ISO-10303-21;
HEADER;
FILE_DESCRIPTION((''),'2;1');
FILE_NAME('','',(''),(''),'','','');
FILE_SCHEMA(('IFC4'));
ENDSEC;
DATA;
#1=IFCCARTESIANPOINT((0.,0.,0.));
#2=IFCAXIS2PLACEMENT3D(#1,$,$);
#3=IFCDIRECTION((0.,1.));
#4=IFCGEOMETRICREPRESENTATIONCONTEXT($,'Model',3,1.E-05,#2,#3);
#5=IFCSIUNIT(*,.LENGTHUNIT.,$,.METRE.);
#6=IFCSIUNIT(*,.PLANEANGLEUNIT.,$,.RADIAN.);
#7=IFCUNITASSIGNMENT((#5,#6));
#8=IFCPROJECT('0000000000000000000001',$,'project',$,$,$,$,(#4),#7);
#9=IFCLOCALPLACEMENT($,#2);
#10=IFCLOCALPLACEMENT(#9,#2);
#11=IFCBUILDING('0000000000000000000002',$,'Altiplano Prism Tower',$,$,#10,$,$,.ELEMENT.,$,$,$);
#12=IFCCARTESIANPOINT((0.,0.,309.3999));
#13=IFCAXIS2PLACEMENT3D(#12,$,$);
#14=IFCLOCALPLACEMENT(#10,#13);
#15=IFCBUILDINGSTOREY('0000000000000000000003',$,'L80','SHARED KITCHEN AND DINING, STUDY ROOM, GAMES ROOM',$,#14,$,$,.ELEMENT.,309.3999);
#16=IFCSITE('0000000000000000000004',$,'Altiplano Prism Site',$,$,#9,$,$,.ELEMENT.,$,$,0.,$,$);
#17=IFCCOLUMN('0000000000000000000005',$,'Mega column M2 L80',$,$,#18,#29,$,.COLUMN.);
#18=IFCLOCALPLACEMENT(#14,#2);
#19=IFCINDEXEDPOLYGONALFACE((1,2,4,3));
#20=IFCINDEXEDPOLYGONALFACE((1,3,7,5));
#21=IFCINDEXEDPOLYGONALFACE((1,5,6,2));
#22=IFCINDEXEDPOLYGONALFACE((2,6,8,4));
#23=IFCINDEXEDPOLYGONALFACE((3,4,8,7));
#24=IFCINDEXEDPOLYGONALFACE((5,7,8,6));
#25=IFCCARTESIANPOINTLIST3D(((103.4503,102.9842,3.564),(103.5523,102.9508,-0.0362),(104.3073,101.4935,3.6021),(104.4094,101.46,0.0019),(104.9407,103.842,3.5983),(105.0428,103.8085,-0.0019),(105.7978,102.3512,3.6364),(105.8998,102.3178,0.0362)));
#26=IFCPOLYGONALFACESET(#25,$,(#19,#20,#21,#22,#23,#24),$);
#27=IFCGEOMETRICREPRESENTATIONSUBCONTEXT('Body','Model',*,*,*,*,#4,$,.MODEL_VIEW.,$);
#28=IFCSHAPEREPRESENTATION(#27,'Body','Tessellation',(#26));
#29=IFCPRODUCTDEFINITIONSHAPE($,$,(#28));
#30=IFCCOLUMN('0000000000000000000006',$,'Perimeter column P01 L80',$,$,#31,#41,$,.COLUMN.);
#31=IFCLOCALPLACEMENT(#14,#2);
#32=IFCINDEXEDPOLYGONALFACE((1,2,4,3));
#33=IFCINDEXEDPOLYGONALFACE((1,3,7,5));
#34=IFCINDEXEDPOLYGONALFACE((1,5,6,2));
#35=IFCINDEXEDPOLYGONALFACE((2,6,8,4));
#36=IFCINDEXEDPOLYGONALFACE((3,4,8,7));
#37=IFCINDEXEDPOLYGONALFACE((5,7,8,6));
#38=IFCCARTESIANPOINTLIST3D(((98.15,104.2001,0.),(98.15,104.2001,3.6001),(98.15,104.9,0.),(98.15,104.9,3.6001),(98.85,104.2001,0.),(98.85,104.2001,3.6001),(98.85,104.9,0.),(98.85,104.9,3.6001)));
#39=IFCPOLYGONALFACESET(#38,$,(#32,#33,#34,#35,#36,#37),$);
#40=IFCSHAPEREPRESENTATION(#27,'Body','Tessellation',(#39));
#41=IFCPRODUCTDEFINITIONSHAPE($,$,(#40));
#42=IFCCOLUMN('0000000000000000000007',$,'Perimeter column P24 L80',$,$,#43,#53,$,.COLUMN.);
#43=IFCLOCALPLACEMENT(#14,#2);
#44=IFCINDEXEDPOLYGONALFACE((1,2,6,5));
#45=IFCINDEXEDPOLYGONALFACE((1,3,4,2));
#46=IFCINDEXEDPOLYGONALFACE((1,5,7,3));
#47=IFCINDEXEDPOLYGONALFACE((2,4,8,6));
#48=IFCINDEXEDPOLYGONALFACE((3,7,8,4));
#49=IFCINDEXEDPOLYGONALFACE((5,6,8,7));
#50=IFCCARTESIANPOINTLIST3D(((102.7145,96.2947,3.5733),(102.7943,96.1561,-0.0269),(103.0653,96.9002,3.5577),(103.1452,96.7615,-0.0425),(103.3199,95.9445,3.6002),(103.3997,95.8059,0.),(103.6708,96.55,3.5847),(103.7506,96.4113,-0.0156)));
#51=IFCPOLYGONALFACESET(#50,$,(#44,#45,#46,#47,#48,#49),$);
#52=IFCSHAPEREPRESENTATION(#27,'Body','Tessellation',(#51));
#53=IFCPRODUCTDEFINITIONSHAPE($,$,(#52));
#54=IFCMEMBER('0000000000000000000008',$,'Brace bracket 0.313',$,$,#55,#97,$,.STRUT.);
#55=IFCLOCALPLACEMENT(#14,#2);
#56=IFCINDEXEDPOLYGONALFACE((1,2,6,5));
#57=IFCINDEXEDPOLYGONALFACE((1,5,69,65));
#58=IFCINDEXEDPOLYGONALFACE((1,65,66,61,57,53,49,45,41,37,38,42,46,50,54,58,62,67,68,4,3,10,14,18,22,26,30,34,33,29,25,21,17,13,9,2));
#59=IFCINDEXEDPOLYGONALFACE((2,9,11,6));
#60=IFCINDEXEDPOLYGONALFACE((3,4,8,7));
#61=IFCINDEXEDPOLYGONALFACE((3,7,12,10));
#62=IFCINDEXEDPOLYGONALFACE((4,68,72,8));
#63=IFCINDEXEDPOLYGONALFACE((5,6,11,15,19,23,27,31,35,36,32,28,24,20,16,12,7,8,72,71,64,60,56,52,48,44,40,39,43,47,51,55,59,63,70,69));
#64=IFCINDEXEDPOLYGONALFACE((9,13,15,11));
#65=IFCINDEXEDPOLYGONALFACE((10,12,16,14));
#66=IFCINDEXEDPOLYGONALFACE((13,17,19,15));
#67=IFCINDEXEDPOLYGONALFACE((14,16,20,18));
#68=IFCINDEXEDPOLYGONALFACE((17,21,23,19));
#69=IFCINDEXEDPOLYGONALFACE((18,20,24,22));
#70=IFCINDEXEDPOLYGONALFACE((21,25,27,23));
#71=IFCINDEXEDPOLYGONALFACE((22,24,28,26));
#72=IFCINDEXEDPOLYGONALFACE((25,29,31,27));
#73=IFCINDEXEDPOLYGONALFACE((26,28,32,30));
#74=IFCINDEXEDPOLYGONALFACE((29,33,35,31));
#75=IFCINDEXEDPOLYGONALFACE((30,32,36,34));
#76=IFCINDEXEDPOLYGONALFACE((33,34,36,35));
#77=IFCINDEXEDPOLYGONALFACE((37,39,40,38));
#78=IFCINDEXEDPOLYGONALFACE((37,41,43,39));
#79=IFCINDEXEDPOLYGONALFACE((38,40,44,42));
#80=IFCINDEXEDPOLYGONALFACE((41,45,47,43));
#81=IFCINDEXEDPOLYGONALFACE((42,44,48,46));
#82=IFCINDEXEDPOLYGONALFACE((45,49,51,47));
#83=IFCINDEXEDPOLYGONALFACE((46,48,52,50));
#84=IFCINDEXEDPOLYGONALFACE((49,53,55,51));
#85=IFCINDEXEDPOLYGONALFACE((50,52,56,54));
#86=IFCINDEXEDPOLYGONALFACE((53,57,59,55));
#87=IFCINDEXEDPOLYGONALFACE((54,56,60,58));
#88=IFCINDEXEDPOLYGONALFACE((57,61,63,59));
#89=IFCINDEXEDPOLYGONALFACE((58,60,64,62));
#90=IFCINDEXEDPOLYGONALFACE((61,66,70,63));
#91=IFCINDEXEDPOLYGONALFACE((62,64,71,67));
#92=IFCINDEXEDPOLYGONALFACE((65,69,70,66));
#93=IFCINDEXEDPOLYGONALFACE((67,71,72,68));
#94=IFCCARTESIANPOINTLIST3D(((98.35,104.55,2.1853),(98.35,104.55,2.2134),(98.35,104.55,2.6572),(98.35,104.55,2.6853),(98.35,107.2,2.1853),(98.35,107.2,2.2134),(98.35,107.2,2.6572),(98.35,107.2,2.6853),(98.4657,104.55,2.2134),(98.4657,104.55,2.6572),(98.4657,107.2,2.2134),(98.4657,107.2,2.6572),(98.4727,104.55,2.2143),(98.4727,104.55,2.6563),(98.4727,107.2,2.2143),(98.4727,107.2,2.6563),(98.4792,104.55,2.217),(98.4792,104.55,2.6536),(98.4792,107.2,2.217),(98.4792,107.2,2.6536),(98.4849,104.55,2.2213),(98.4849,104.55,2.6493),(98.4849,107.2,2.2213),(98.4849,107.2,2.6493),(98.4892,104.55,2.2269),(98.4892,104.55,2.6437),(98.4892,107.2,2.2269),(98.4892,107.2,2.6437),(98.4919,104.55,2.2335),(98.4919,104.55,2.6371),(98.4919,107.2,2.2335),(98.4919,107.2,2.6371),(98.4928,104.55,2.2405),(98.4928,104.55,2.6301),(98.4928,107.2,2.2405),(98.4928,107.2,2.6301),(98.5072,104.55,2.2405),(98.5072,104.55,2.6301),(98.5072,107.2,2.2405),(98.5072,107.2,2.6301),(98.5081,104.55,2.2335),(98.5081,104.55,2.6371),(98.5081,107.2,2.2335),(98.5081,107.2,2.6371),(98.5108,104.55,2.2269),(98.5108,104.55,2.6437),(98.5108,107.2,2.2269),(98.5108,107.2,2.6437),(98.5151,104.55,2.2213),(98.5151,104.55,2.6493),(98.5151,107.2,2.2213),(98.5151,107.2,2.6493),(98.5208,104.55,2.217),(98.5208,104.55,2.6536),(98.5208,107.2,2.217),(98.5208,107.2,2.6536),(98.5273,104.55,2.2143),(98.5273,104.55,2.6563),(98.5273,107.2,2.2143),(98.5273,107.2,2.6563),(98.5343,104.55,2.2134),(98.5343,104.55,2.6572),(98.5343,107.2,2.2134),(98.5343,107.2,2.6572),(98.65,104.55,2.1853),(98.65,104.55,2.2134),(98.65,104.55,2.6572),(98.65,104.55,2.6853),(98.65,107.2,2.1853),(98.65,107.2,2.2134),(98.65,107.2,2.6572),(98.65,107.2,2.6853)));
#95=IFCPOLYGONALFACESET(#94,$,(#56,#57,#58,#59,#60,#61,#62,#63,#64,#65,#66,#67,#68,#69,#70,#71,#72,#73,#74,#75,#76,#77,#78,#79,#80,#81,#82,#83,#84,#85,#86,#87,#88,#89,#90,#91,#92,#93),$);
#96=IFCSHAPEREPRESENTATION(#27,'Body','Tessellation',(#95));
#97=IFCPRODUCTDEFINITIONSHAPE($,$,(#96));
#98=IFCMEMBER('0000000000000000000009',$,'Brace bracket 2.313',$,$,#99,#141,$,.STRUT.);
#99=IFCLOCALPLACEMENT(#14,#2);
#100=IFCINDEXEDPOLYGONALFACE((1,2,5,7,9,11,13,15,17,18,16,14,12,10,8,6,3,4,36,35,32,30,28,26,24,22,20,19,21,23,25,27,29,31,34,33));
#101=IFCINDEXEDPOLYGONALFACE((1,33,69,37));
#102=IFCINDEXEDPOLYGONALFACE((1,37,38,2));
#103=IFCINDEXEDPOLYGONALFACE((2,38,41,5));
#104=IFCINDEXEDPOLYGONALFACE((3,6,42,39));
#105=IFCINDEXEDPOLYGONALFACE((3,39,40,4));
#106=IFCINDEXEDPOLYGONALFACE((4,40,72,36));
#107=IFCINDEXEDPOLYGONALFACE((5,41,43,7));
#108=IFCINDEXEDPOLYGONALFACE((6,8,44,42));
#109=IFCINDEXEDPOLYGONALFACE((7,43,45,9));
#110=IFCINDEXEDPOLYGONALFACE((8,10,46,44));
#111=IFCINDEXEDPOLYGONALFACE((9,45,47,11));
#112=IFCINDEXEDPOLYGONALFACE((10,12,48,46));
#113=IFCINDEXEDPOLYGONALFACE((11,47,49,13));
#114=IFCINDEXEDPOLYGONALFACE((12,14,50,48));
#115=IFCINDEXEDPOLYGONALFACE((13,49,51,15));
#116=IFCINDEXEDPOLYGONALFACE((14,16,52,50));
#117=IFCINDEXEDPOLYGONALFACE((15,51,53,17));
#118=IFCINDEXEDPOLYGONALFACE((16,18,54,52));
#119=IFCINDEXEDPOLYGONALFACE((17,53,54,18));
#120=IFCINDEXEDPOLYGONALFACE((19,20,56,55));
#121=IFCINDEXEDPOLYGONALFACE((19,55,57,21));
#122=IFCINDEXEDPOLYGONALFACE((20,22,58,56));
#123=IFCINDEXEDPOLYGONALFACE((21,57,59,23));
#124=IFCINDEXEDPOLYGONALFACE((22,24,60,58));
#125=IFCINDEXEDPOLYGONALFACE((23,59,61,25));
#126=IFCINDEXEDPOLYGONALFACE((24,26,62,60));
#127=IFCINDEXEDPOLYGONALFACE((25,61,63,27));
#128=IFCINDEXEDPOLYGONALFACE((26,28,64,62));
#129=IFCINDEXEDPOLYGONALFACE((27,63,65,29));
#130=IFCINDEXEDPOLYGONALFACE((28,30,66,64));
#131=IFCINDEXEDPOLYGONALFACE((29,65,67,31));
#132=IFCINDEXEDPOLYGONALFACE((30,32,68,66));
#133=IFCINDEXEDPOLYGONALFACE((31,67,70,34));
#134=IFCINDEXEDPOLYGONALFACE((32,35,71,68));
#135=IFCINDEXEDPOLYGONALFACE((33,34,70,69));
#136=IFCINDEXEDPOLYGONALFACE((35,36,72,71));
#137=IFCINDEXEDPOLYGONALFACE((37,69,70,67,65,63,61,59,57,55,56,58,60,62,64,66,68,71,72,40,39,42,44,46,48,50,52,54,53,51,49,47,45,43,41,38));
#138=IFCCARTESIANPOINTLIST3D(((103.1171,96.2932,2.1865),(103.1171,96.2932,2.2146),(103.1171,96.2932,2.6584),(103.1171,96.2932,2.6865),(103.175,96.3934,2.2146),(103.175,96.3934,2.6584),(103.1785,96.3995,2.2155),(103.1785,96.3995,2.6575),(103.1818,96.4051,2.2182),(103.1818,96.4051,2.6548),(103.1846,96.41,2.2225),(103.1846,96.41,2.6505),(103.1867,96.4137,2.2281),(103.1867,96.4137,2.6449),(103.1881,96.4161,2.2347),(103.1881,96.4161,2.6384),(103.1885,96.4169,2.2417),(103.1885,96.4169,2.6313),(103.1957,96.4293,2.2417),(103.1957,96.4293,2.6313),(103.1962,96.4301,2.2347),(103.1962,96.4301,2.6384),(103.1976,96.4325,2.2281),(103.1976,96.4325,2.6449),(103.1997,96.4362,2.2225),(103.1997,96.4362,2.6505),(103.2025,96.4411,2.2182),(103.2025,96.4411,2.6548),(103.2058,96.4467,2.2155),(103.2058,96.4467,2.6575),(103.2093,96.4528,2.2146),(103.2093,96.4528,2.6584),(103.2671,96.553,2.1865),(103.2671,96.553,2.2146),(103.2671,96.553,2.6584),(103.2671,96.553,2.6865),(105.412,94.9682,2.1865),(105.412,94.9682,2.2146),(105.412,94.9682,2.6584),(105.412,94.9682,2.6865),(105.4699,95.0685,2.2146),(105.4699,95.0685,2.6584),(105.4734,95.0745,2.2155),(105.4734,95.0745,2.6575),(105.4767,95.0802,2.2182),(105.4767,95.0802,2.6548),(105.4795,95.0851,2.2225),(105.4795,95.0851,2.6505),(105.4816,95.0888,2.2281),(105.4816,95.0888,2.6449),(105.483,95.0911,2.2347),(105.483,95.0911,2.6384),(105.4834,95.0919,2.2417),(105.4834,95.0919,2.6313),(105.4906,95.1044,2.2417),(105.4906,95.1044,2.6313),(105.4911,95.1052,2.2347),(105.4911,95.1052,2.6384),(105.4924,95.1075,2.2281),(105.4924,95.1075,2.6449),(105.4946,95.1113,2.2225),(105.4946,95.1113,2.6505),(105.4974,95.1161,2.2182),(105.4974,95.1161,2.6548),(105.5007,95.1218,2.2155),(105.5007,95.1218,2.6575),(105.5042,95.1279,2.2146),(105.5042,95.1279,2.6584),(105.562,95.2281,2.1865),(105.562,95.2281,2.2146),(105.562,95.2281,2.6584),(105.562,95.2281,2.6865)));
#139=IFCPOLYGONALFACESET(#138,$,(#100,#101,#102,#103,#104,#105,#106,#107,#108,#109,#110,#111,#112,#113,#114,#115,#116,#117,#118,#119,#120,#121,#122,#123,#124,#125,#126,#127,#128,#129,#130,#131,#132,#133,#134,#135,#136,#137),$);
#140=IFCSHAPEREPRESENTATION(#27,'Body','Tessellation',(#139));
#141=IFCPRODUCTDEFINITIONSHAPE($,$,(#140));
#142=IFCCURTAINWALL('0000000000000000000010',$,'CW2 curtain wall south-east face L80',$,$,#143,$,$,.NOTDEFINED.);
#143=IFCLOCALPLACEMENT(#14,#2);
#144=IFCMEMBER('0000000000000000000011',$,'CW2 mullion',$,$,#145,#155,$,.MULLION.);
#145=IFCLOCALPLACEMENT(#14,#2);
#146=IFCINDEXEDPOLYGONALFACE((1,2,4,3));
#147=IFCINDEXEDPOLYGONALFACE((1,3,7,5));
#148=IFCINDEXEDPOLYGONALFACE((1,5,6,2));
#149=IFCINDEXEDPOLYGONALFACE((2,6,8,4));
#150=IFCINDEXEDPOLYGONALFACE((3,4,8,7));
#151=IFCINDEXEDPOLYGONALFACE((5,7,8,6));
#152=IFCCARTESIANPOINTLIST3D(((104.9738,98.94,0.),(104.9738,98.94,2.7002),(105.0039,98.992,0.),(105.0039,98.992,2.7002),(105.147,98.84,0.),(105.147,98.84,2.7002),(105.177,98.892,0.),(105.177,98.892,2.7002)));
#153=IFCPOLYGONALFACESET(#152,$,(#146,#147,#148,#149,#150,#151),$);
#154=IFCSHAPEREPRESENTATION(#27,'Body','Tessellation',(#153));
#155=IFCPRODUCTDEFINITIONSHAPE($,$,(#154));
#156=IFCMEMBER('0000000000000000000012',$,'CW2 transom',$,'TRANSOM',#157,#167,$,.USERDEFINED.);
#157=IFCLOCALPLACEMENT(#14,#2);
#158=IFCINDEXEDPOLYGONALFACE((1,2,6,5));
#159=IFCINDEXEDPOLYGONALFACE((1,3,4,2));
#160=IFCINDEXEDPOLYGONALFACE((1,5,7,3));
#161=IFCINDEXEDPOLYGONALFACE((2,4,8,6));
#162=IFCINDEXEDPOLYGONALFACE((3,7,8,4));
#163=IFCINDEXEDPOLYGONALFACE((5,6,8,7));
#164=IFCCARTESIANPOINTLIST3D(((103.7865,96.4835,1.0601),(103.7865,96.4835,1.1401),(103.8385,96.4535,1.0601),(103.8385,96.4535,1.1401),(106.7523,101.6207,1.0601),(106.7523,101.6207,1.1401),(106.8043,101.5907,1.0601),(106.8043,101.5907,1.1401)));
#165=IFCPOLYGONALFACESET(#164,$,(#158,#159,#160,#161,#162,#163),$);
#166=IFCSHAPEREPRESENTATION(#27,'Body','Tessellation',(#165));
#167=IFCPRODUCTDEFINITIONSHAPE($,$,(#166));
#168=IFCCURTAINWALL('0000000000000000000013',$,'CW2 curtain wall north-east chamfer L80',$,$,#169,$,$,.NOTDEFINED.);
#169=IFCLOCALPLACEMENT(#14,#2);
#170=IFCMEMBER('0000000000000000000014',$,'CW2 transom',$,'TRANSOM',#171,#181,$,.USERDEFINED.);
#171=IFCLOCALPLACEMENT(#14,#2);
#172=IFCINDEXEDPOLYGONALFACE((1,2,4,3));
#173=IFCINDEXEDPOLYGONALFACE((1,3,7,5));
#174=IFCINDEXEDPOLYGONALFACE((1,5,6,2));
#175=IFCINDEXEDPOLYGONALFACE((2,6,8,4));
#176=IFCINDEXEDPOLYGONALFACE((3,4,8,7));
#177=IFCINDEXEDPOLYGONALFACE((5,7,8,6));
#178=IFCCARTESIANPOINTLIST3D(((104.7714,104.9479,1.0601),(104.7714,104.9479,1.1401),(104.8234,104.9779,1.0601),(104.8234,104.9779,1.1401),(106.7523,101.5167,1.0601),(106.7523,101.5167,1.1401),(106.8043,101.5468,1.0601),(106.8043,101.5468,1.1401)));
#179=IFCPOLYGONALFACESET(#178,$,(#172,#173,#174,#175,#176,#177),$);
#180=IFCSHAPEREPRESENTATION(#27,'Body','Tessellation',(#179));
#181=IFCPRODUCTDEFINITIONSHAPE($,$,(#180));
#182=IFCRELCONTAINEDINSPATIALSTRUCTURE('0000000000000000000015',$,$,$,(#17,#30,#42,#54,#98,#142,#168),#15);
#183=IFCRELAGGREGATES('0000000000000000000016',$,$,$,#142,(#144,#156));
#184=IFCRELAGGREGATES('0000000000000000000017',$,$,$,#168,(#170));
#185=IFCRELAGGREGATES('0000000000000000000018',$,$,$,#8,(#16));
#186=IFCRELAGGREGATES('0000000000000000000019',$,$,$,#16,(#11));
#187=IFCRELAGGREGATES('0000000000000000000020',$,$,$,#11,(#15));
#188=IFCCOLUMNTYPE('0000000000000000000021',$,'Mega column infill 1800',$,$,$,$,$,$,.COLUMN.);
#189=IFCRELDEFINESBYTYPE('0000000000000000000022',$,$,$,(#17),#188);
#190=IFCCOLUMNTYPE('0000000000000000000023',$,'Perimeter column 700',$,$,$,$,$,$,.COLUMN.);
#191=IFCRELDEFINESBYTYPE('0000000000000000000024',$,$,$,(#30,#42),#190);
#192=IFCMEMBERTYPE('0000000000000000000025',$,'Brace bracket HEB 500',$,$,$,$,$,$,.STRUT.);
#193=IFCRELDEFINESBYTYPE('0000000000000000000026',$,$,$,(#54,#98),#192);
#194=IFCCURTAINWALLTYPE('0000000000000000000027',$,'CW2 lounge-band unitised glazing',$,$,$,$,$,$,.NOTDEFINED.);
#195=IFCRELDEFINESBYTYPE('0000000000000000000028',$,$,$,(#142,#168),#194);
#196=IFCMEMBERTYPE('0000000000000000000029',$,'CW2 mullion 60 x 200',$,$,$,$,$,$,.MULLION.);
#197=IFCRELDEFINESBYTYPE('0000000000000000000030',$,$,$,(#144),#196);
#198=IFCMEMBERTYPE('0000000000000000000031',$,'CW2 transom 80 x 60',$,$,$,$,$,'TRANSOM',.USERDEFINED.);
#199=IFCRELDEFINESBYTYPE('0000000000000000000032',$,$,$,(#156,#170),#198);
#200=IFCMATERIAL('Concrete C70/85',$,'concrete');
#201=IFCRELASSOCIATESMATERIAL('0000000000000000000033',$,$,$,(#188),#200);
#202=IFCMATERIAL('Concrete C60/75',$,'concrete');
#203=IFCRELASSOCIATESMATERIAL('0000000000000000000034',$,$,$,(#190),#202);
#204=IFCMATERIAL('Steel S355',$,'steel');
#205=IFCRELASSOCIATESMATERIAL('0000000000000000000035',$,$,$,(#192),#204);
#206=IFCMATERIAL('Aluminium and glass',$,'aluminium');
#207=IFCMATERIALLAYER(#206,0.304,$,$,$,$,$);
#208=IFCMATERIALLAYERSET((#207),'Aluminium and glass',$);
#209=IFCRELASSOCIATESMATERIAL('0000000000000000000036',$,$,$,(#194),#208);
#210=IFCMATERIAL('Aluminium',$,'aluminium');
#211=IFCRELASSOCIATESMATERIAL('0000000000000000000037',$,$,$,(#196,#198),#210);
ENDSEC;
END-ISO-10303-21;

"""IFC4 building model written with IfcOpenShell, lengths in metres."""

from ifc_helpers import new_model, si_unit, direction, frame, origin, origin_2d, place, context, subcontext, project, spatial, rectangle, i_section, extrude, material, layer, layer_set, material_profile, profile_set, type_object, element, aggregate, save


model = new_model("IFC4")

# Units and contexts
model_context = context("Model", 3, precision=1e-05, world=origin(), true_north=direction((0.0, 1.0)))
body_context = subcontext(model_context, "Body", "Model", "MODEL_VIEW")
ifc_project = project(units=[si_unit("LENGTHUNIT", "METRE"), si_unit("PLANEANGLEUNIT", "RADIAN")], contexts=[model_context])

# Site, building, storey
site_placement = place(None, origin())
site = spatial("IfcSite", under=ifc_project, at=site_placement, Name="Altiplano Prism Site", CompositionType="ELEMENT", RefElevation=0.0)
building_placement = place(site_placement, origin())
building = spatial("IfcBuilding", under=site, at=building_placement, Name="Altiplano Prism Tower", CompositionType="ELEMENT")
storey_placement = place(building_placement, frame((0.0, 0.0, 309.3999)))
storey = spatial("IfcBuildingStorey", under=building, at=storey_placement, Name="L80", Description="SHARED KITCHEN AND DINING, STUDY ROOM, GAMES ROOM", CompositionType="ELEMENT", Elevation=309.3999)

# Columns
ifc_material_1 = material(Name="Concrete C70/85", Category="concrete")
ifc_material_profile_1 = material_profile(ifc_material_1, rectangle(XDim=1.72, YDim=1.72, at=origin_2d()), Name="Mega column infill 1800")
ifc_profile_set_1 = profile_set([ifc_material_profile_1], Name="Concrete C70/85")
column_type_1 = type_object("IfcColumnType", Name="Mega column infill 1800", PredefinedType="COLUMN", material=ifc_profile_set_1)
column_1_placement = place(storey_placement, frame((104.7261, 102.6343, 0.0), z_axis=(-0.028334, 0.009287, 0.999555), x_axis=(0.498275, -0.866735, 0.022177)))
element("IfcColumn", 1, at=column_1_placement, inside=storey, type_object=column_type_1, Name="Mega column M2 L80", PredefinedType="COLUMN", context=body_context, shape_type="SweptSolid", body=[
    extrude(rectangle(XDim=1.72, YDim=1.72, at=origin_2d()), origin(), (0.0, 0.0, 1.0), 3.6018),
])
ifc_material_2 = material(Name="Concrete C60/75", Category="concrete")
ifc_material_profile_2 = material_profile(ifc_material_2, rectangle(XDim=0.7, YDim=0.7, at=origin_2d()), Name="Perimeter column 700")
ifc_profile_set_2 = profile_set([ifc_material_profile_2], Name="Concrete C60/75")
column_type_2 = type_object("IfcColumnType", Name="Perimeter column 700", PredefinedType="COLUMN", material=ifc_profile_set_2)
column_2_placement = place(storey_placement, frame((98.5, 104.55, 0.0), z_axis=(0.0, 0.0, 1.0), x_axis=(1.0, 0.0, 0.0)))
element("IfcColumn", 2, at=column_2_placement, inside=storey, type_object=column_type_2, Name="Perimeter column P01 L80", PredefinedType="COLUMN", context=body_context, shape_type="SweptSolid", body=[
    extrude(rectangle(XDim=0.7, YDim=0.7, at=origin_2d()), origin(), (0.0, 0.0, 1.0), 3.6001),
])
column_3_placement = place(storey_placement, frame((103.2725, 96.2837, -0.0212), z_axis=(-0.022154, 0.038481, 0.999014), x_axis=(-0.501313, -0.864981, 0.022201)))
element("IfcColumn", 3, at=column_3_placement, inside=storey, type_object=column_type_2, Name="Perimeter column P24 L80", PredefinedType="COLUMN", context=body_context, shape_type="SweptSolid", body=[
    extrude(rectangle(XDim=0.7, YDim=0.7, at=origin_2d()), origin(), (0.0, 0.0, 1.0), 3.6038),
])

# Members
ifc_material_3 = material(Name="Steel S355", Category="steel")
ifc_material_profile_3 = material_profile(ifc_material_3, i_section(OverallWidth=0.3, OverallDepth=0.5, WebThickness=0.0144, FlangeThickness=0.0281, FilletRadius=0.0271, at=origin_2d()), Name="Brace bracket HEB 500")
ifc_profile_set_3 = profile_set([ifc_material_profile_3], Name="Steel S355")
member_type_1 = type_object("IfcMemberType", Name="Brace bracket HEB 500", PredefinedType="STRUT", material=ifc_profile_set_3)
for number, where, z_axis, x_axis, name in (
    (4, (98.5, 104.55, 2.4353), (0.0, 1.0, 0.0), (-1.0, 0.0, 0.0), "Brace bracket 0.313"),
    (5, (103.1921, 96.4231, 2.4365), (0.866029, -0.499994, 0.0), (0.499994, 0.866029, 0.0), "Brace bracket 2.313"),
):
    element("IfcMember", number, at=place(storey_placement, frame(where, z_axis=z_axis, x_axis=x_axis)), inside=storey, type_object=member_type_1, Name=name, PredefinedType="STRUT", context=body_context, shape_type="SweptSolid", body=[
        extrude(i_section(OverallWidth=0.3, OverallDepth=0.5, WebThickness=0.0144, FlangeThickness=0.0281, FilletRadius=0.0271, at=origin_2d()), origin(), (0.0, 0.0, 1.0), 2.6499),
    ])

# Curtain wall, members
ifc_material_4 = material(Name="Aluminium and glass", Category="aluminium")
ifc_layer_1 = layer(ifc_material_4, 0.304)
ifc_layer_set_1 = layer_set([ifc_layer_1], Name="Aluminium and glass")
curtain_wall_type = type_object("IfcCurtainWallType", Name="CW2 lounge-band unitised glazing", PredefinedType="NOTDEFINED", material=ifc_layer_set_1)
curtain_wall_1_placement = place(storey_placement, origin())
curtain_wall_1 = element("IfcCurtainWall", 6, at=curtain_wall_1_placement, inside=storey, type_object=curtain_wall_type, Name="CW2 curtain wall south-east face L80", PredefinedType="NOTDEFINED")
ifc_material_5 = material(Name="Aluminium", Category="aluminium")
ifc_material_profile_4 = material_profile(ifc_material_5, rectangle(XDim=0.2, YDim=0.0601, at=origin_2d()), Name="CW2 mullion 60 x 200")
ifc_profile_set_4 = profile_set([ifc_material_profile_4], Name="Aluminium")
member_type_2 = type_object("IfcMemberType", Name="CW2 mullion 60 x 200", PredefinedType="MULLION", material=ifc_profile_set_4)
member_1_placement = place(storey_placement, frame((105.0754, 98.916, 0.0), z_axis=(0.0, 0.0, 1.0), x_axis=(-0.866025, 0.5, 0.0)))
member_1 = element("IfcMember", 7, at=member_1_placement, type_object=member_type_2, Name="CW2 mullion", PredefinedType="MULLION", context=body_context, shape_type="SweptSolid", body=[
    extrude(rectangle(XDim=0.2, YDim=0.0601, at=origin_2d()), origin(), (0.0, 0.0, 1.0), 2.7002),
])
ifc_material_profile_5 = material_profile(ifc_material_5, rectangle(XDim=0.0601, YDim=0.0801, at=origin_2d()), Name="CW2 transom 80 x 60")
ifc_profile_set_5 = profile_set([ifc_material_profile_5], Name="Aluminium")
member_type_3 = type_object("IfcMemberType", Name="CW2 transom 80 x 60", ElementType="TRANSOM", PredefinedType="USERDEFINED", material=ifc_profile_set_5)
member_2_placement = place(storey_placement, frame((103.8125, 96.4685, 1.1001), z_axis=(0.499981, 0.866036, 0.0), x_axis=(-0.866036, 0.499981, 0.0)))
member_2 = element("IfcMember", 8, at=member_2_placement, type_object=member_type_3, Name="CW2 transom", ObjectType="TRANSOM", PredefinedType="USERDEFINED", context=body_context, shape_type="SweptSolid", body=[
    extrude(rectangle(XDim=0.0601, YDim=0.0801, at=origin_2d()), origin(), (0.0, 0.0, 1.0), 5.9319),
])

# Curtain wall, member
curtain_wall_2_placement = place(storey_placement, origin())
curtain_wall_2 = element("IfcCurtainWall", 9, at=curtain_wall_2_placement, inside=storey, type_object=curtain_wall_type, Name="CW2 curtain wall north-east chamfer L80", PredefinedType="NOTDEFINED")
member_3_placement = place(storey_placement, frame((106.7783, 101.5317, 1.1001), z_axis=(-0.499996, 0.866028, 0.0), x_axis=(-0.866028, -0.499996, 0.0)))
member_3 = element("IfcMember", 10, at=member_3_placement, type_object=member_type_3, Name="CW2 transom", ObjectType="TRANSOM", PredefinedType="USERDEFINED", context=body_context, shape_type="SweptSolid", body=[
    extrude(rectangle(XDim=0.0601, YDim=0.0801, at=origin_2d()), origin(), (0.0, 0.0, 1.0), 3.9619),
])

aggregate(curtain_wall_1, [member_1, member_2])
aggregate(curtain_wall_2, [member_3])

save(model, "model.ifc")
